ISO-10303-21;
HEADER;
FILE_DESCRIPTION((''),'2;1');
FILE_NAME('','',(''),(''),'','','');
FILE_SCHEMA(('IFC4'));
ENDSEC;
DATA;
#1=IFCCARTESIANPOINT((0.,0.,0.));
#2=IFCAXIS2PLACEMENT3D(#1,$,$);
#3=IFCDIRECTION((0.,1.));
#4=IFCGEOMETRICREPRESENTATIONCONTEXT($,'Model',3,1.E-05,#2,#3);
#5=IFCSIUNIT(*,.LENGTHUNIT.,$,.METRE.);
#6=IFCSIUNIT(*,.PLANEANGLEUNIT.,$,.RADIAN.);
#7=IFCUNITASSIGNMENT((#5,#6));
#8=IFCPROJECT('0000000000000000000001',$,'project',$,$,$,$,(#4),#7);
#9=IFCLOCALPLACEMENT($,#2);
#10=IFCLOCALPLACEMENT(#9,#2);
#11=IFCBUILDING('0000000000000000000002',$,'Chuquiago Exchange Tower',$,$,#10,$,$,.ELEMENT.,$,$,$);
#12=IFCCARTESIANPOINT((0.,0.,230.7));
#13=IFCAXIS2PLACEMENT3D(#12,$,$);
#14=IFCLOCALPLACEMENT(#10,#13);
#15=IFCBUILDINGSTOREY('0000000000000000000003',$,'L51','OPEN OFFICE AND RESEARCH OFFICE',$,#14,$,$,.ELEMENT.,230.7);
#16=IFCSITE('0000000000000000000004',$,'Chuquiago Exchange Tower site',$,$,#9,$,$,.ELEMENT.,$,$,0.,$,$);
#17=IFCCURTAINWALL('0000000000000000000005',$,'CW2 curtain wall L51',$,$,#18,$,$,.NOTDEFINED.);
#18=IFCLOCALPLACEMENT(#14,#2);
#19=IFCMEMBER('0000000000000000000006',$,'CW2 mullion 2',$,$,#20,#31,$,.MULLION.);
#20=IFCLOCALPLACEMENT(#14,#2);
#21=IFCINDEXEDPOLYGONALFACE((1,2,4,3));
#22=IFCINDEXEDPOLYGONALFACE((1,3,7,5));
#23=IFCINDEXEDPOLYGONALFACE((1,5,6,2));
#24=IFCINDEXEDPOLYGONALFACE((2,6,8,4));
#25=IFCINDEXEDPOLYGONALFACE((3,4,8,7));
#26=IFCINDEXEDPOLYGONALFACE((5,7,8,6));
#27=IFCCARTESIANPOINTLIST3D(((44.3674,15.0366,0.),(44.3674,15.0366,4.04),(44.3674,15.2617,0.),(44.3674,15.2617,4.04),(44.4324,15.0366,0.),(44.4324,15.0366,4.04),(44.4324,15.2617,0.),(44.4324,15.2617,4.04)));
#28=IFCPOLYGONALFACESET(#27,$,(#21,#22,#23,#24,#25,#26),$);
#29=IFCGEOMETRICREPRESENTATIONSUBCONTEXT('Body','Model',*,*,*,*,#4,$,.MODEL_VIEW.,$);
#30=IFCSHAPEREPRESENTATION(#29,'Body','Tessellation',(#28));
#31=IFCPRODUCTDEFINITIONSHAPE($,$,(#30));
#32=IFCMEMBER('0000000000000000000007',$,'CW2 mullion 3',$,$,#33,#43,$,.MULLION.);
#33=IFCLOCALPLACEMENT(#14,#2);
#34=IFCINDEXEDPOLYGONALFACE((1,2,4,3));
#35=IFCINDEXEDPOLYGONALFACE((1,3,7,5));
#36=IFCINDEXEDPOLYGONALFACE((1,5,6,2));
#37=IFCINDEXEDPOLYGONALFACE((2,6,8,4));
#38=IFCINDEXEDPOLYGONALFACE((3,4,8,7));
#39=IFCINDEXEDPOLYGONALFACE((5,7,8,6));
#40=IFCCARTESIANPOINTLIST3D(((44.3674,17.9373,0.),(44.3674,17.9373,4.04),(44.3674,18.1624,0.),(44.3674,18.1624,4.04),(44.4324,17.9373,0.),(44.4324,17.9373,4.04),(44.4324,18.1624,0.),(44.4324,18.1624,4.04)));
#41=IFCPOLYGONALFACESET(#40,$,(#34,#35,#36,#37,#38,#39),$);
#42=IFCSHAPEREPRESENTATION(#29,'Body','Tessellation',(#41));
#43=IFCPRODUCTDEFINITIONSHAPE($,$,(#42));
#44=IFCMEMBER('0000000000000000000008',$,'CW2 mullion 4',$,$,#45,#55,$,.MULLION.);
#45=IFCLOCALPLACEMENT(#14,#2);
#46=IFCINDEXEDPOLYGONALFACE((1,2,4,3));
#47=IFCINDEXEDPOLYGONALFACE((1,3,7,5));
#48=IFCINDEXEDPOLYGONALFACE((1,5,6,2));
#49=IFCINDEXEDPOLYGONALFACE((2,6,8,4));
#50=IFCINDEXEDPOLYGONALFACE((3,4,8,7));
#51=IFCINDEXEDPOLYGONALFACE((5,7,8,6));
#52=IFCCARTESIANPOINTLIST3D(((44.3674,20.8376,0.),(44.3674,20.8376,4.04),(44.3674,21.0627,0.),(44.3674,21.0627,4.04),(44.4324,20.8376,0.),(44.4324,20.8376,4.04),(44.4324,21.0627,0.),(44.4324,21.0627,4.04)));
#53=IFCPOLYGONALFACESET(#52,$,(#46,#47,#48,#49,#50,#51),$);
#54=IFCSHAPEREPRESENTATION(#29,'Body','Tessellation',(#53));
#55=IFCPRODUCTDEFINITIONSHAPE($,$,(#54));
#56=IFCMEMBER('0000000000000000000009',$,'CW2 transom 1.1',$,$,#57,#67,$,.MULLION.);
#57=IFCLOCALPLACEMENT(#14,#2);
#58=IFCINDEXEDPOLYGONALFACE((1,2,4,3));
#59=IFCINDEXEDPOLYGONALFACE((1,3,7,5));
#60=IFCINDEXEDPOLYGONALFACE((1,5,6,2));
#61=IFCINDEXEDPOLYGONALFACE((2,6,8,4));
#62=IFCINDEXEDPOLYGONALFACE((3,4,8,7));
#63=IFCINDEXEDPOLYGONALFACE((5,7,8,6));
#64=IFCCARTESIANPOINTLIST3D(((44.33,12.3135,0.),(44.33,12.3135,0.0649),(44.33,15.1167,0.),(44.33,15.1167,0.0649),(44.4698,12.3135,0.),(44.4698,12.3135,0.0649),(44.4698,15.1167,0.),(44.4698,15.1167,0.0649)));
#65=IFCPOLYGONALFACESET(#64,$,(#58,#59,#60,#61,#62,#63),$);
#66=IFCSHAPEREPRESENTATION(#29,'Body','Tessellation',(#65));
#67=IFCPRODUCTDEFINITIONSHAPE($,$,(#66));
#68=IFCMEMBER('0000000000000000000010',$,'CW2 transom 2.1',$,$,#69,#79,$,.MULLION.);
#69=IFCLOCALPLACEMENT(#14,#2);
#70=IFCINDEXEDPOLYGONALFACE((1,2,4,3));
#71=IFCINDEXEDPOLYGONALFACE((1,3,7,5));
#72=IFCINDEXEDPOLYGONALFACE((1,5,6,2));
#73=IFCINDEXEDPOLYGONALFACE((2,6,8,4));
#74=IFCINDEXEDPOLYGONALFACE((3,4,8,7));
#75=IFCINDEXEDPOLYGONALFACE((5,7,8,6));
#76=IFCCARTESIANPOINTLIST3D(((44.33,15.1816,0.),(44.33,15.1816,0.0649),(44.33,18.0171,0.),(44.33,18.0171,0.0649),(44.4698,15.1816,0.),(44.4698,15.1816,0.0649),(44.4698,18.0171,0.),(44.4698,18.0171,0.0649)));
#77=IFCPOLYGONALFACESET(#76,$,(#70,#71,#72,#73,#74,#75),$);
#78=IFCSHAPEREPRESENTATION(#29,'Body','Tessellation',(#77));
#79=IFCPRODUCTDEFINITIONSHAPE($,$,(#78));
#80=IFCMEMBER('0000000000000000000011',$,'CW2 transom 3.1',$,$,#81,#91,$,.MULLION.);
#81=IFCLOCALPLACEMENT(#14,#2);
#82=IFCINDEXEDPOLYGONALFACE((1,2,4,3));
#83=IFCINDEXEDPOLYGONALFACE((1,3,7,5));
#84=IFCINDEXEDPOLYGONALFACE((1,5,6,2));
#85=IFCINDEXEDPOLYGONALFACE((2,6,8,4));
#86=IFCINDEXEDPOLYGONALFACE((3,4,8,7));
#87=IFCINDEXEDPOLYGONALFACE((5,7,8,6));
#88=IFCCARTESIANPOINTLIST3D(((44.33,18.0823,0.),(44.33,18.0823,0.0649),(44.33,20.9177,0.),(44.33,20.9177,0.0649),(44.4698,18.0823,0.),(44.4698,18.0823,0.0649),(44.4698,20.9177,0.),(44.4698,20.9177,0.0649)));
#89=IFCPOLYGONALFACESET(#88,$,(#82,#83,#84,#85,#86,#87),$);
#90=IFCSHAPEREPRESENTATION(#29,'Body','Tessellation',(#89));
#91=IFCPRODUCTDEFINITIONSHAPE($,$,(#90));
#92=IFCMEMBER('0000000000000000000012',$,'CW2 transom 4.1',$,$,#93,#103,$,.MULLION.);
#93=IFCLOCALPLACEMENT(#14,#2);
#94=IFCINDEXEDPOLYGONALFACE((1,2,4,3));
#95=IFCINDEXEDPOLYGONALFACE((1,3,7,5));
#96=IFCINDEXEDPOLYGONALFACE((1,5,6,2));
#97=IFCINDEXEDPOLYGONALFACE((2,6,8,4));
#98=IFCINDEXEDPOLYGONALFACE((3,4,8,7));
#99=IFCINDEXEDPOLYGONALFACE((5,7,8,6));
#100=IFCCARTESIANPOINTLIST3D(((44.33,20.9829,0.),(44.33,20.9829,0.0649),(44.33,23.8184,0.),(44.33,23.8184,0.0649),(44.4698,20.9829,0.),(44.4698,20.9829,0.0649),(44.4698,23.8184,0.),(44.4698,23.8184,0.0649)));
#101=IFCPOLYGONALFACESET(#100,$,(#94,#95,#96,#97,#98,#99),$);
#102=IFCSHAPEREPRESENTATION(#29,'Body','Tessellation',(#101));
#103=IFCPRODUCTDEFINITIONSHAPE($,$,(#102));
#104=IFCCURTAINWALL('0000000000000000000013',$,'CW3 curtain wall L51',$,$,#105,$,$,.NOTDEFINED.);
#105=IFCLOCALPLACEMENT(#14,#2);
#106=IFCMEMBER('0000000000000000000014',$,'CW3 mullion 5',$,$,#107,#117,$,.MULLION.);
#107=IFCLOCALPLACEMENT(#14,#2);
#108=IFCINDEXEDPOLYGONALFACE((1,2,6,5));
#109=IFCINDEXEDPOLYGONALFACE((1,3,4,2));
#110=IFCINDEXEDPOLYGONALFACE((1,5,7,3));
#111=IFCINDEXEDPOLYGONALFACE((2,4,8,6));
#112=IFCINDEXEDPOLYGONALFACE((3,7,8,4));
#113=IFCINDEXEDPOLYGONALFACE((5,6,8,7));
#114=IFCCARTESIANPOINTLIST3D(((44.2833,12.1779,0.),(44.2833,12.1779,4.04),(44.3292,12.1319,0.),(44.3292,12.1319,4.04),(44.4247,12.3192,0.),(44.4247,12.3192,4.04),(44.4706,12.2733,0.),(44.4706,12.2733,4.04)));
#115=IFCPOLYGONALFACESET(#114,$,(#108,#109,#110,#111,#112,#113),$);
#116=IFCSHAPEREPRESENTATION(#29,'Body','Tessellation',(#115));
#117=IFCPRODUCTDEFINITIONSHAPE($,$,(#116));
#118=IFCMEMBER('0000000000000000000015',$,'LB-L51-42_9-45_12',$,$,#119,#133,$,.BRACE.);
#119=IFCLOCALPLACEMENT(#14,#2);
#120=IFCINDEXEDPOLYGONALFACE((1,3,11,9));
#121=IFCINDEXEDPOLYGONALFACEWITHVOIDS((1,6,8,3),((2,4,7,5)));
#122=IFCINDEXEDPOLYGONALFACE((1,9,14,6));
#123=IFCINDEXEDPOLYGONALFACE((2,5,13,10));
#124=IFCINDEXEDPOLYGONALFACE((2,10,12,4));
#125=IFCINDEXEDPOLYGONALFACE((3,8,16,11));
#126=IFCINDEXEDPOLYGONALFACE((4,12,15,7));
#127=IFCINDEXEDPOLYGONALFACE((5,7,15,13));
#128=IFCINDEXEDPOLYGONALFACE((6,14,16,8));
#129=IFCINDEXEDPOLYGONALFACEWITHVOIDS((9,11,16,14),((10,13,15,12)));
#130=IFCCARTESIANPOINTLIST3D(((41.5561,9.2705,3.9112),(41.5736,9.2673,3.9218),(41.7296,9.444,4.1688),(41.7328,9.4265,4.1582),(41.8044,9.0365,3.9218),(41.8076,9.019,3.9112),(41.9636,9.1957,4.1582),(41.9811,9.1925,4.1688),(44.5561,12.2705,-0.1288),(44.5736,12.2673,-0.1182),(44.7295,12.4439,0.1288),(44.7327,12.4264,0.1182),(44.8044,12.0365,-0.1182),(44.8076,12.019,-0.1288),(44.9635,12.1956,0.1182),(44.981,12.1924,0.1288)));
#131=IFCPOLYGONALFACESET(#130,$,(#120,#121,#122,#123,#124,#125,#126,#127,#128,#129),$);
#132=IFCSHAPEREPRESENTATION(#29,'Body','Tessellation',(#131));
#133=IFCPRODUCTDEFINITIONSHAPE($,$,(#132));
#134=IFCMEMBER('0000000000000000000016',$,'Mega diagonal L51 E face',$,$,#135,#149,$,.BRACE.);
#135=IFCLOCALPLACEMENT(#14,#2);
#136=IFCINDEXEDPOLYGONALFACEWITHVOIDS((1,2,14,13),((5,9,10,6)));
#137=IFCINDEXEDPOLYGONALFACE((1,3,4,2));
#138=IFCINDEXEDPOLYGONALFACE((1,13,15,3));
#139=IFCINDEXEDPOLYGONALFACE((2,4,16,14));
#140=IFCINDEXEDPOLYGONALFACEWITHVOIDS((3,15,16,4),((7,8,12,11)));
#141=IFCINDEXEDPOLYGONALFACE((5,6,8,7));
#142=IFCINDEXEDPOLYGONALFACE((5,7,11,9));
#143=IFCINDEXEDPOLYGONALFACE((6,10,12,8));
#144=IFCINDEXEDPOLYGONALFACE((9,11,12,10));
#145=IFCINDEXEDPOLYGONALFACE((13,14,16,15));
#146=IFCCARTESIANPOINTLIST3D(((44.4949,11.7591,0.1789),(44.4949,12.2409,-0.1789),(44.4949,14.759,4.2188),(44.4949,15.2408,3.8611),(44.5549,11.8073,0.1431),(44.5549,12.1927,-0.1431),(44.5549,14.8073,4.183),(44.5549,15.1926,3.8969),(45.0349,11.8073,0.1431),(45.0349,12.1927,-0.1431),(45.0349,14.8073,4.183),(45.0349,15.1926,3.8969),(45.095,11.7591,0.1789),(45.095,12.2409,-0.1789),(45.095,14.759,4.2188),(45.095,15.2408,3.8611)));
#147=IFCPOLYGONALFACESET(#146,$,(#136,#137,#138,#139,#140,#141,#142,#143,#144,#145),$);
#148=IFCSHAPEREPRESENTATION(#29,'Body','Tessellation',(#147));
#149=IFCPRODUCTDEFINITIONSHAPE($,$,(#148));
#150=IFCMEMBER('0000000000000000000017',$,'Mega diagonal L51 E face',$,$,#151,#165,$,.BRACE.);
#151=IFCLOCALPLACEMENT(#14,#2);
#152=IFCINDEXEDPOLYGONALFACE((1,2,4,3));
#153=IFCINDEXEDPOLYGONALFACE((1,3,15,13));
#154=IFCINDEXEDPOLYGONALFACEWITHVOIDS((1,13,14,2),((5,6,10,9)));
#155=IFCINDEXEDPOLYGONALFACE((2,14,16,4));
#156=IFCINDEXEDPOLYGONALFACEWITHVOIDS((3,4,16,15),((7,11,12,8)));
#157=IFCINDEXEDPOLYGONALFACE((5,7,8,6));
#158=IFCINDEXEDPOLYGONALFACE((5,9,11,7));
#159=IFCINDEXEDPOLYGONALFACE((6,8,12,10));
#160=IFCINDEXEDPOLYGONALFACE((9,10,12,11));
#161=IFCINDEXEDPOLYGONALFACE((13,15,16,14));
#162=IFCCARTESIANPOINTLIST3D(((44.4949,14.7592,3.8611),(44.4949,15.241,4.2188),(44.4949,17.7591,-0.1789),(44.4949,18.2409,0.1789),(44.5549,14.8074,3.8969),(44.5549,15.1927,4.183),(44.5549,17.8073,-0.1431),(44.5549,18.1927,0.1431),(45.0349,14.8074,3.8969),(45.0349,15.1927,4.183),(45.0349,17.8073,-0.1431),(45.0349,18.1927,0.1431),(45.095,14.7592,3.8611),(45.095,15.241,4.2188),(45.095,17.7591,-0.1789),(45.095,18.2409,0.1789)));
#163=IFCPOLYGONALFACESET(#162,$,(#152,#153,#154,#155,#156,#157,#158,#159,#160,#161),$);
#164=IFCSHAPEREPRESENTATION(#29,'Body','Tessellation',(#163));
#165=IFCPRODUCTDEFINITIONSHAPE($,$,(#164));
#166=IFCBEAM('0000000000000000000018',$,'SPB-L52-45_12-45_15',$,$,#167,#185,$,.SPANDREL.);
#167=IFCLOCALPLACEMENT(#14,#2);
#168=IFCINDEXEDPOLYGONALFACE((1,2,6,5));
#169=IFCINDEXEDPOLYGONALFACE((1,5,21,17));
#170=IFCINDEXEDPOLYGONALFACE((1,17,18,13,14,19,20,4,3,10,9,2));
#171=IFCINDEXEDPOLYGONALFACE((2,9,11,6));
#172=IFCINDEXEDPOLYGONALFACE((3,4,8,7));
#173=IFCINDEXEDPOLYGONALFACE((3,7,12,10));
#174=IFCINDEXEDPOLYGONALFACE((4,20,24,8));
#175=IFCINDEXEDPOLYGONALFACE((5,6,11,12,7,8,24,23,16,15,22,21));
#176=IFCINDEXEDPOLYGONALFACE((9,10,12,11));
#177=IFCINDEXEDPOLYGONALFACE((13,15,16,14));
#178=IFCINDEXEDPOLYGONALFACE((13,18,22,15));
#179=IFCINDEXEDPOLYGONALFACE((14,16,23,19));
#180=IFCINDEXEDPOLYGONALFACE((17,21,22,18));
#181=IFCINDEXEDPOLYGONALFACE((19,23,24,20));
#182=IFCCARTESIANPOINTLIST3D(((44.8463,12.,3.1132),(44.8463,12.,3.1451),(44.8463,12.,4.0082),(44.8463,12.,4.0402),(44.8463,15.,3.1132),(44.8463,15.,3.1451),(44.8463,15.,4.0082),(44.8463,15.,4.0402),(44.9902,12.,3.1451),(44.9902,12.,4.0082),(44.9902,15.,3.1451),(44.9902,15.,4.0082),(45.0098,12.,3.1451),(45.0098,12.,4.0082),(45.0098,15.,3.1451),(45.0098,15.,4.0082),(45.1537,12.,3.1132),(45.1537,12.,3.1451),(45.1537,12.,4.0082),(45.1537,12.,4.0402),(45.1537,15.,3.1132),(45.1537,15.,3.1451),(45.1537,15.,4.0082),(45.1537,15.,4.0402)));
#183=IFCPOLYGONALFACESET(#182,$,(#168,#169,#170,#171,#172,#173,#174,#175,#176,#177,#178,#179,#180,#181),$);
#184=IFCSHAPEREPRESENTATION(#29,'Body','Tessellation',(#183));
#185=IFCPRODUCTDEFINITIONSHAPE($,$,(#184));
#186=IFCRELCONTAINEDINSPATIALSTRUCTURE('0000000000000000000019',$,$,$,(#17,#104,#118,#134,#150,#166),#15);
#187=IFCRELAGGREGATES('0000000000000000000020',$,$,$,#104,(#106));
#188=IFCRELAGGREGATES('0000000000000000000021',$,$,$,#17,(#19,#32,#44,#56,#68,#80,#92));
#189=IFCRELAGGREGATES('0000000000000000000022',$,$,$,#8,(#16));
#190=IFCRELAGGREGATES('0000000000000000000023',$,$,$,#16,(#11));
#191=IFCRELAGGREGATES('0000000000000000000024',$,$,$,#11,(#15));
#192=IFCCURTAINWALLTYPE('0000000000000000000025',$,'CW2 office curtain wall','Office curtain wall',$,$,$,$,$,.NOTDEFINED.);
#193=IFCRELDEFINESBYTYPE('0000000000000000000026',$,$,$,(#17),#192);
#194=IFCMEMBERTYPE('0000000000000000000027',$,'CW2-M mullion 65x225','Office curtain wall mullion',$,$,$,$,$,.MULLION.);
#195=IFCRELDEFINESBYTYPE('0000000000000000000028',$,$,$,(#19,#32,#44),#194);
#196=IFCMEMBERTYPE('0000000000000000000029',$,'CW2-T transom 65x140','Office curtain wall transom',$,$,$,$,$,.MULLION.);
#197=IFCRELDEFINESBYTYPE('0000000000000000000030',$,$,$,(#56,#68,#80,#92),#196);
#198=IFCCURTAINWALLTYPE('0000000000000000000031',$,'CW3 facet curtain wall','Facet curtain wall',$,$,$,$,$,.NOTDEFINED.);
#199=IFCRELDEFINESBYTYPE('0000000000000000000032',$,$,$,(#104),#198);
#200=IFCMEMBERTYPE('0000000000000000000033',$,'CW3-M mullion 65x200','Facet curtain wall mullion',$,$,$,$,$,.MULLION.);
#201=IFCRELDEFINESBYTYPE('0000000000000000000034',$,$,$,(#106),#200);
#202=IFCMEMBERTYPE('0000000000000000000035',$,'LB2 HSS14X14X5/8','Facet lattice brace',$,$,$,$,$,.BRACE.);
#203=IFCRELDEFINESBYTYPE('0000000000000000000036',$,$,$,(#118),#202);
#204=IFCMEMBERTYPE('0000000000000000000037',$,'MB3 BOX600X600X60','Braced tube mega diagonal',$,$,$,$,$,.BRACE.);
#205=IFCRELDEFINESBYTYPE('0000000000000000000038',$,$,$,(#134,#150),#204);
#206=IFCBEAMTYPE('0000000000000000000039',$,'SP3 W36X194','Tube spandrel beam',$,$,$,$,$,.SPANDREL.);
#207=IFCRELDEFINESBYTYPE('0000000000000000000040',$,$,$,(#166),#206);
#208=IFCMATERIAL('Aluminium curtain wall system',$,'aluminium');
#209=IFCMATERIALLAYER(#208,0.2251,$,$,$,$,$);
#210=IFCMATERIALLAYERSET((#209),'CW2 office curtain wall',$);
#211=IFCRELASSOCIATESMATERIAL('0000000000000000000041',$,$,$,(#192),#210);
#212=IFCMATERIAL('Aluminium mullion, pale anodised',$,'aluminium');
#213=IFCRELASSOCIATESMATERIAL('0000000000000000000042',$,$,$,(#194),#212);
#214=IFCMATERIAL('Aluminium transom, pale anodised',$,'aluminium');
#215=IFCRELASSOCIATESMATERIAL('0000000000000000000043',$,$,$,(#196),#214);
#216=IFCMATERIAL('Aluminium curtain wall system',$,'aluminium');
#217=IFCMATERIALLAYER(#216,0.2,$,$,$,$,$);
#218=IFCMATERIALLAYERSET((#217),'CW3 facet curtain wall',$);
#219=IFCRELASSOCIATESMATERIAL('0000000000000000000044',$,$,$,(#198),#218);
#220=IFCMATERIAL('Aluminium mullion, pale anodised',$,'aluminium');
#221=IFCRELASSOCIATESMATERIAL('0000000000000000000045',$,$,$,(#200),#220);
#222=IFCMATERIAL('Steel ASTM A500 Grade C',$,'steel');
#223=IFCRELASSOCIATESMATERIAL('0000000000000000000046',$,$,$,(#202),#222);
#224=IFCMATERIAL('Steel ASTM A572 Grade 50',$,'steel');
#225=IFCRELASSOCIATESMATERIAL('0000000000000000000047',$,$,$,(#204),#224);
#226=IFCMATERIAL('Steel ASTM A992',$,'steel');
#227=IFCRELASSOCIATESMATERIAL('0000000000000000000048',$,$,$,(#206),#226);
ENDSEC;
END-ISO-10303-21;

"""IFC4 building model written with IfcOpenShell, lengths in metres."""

from ifc_helpers import new_model, si_unit, direction, frame, origin, origin_2d, place, context, subcontext, project, spatial, rectangle, hollow_rectangle, i_section, extrude, material, layer, layer_set, material_profile, profile_set, type_object, element, aggregate, save


model = new_model("IFC4")

# Units and contexts
model_context = context("Model", 3, precision=1e-05, world=origin(), true_north=direction((0.0, 1.0)))
body_context = subcontext(model_context, "Body", "Model", "MODEL_VIEW")
ifc_project = project(units=[si_unit("LENGTHUNIT", "METRE"), si_unit("PLANEANGLEUNIT", "RADIAN")], contexts=[model_context])

# Site, building, storey
site_placement = place(None, origin())
site = spatial("IfcSite", under=ifc_project, at=site_placement, Name="Chuquiago Exchange Tower site", CompositionType="ELEMENT", RefElevation=0.0)
building_placement = place(site_placement, origin())
building = spatial("IfcBuilding", under=site, at=building_placement, Name="Chuquiago Exchange Tower", CompositionType="ELEMENT")
storey_placement = place(building_placement, frame((0.0, 0.0, 230.7)))
storey = spatial("IfcBuildingStorey", under=building, at=storey_placement, Name="L51", Description="OPEN OFFICE AND RESEARCH OFFICE", CompositionType="ELEMENT", Elevation=230.7)

# Curtain wall, members
ifc_material_1 = material(Name="Aluminium curtain wall system", Category="aluminium")
ifc_layer_1 = layer(ifc_material_1, 0.2251)
ifc_layer_set_1 = layer_set([ifc_layer_1], Name="CW2 office curtain wall")
curtain_wall_type_1 = type_object("IfcCurtainWallType", Name="CW2 office curtain wall", Description="Office curtain wall", PredefinedType="NOTDEFINED", material=ifc_layer_set_1)
curtain_wall_1_placement = place(storey_placement, origin())
curtain_wall_1 = element("IfcCurtainWall", 1, at=curtain_wall_1_placement, inside=storey, type_object=curtain_wall_type_1, Name="CW2 curtain wall L51", PredefinedType="NOTDEFINED")
ifc_material_2 = material(Name="Aluminium mullion, pale anodised", Category="aluminium")
ifc_material_profile_1 = material_profile(ifc_material_2, rectangle(XDim=0.0649, YDim=0.2251, at=origin_2d()), Name="AL 65x225")
ifc_profile_set_1 = profile_set([ifc_material_profile_1], Name="Aluminium mullion, pale anodised")
member_type_1 = type_object("IfcMemberType", Name="CW2-M mullion 65x225", Description="Office curtain wall mullion", PredefinedType="MULLION", material=ifc_profile_set_1)
member_1_placement = place(storey_placement, frame((44.3999, 15.1492, 0.0), z_axis=(0.0, 0.0, 1.0), x_axis=(-1.0, 0.0, 0.0)))
member_1 = element("IfcMember", 2, at=member_1_placement, type_object=member_type_1, Name="CW2 mullion 2", PredefinedType="MULLION", context=body_context, shape_type="SweptSolid", body=[
    extrude(rectangle(XDim=0.0649, YDim=0.2251, at=origin_2d()), origin(), (0.0, 0.0, 1.0), 4.04),
])
member_2_placement = place(storey_placement, frame((44.3999, 18.0498, 0.0), z_axis=(0.0, 0.0, 1.0), x_axis=(-1.0, 0.0, 0.0)))
member_2 = element("IfcMember", 3, at=member_2_placement, type_object=member_type_1, Name="CW2 mullion 3", PredefinedType="MULLION", context=body_context, shape_type="SweptSolid", body=[
    extrude(rectangle(XDim=0.0649, YDim=0.2251, at=origin_2d()), origin(), (0.0, 0.0, 1.0), 4.04),
])
member_3_placement = place(storey_placement, frame((44.3999, 20.9502, 0.0), z_axis=(0.0, 0.0, 1.0), x_axis=(-1.0, 0.0, 0.0)))
member_3 = element("IfcMember", 4, at=member_3_placement, type_object=member_type_1, Name="CW2 mullion 4", PredefinedType="MULLION", context=body_context, shape_type="SweptSolid", body=[
    extrude(rectangle(XDim=0.0649, YDim=0.2251, at=origin_2d()), origin(), (0.0, 0.0, 1.0), 4.04),
])
ifc_material_3 = material(Name="Aluminium transom, pale anodised", Category="aluminium")
ifc_material_profile_2 = material_profile(ifc_material_3, rectangle(XDim=0.1399, YDim=0.0649, at=origin_2d()), Name="AL 140x65")
ifc_profile_set_2 = profile_set([ifc_material_profile_2], Name="Aluminium transom, pale anodised")
member_type_2 = type_object("IfcMemberType", Name="CW2-T transom 65x140", Description="Office curtain wall transom", PredefinedType="MULLION", material=ifc_profile_set_2)
member_4_placement = place(storey_placement, frame((44.3999, 12.3135, 0.0325), z_axis=(0.0, 1.0, 0.0), x_axis=(-1.0, 0.0, 0.0)))
member_4 = element("IfcMember", 5, at=member_4_placement, type_object=member_type_2, Name="CW2 transom 1.1", PredefinedType="MULLION", context=body_context, shape_type="SweptSolid", body=[
    extrude(rectangle(XDim=0.1399, YDim=0.0649, at=origin_2d()), origin(), (0.0, 0.0, 1.0), 2.8032),
])
member_5_placement = place(storey_placement, frame((44.3999, 15.1816, 0.0325), z_axis=(0.0, 1.0, 0.0), x_axis=(-1.0, 0.0, 0.0)))
member_5 = element("IfcMember", 6, at=member_5_placement, type_object=member_type_2, Name="CW2 transom 2.1", PredefinedType="MULLION", context=body_context, shape_type="SweptSolid", body=[
    extrude(rectangle(XDim=0.1399, YDim=0.0649, at=origin_2d()), origin(), (0.0, 0.0, 1.0), 2.8354),
])
member_6_placement = place(storey_placement, frame((44.3999, 18.0823, 0.0325), z_axis=(0.0, 1.0, 0.0), x_axis=(-1.0, 0.0, 0.0)))
member_6 = element("IfcMember", 7, at=member_6_placement, type_object=member_type_2, Name="CW2 transom 3.1", PredefinedType="MULLION", context=body_context, shape_type="SweptSolid", body=[
    extrude(rectangle(XDim=0.1399, YDim=0.0649, at=origin_2d()), origin(), (0.0, 0.0, 1.0), 2.8354),
])
member_7_placement = place(storey_placement, frame((44.3999, 20.9829, 0.0325), z_axis=(0.0, 1.0, 0.0), x_axis=(-1.0, 0.0, 0.0)))
member_7 = element("IfcMember", 8, at=member_7_placement, type_object=member_type_2, Name="CW2 transom 4.1", PredefinedType="MULLION", context=body_context, shape_type="SweptSolid", body=[
    extrude(rectangle(XDim=0.1399, YDim=0.0649, at=origin_2d()), origin(), (0.0, 0.0, 1.0), 2.8354),
])

# Curtain wall, member
ifc_material_4 = material(Name="Aluminium curtain wall system", Category="aluminium")
ifc_layer_2 = layer(ifc_material_4, 0.2)
ifc_layer_set_2 = layer_set([ifc_layer_2], Name="CW3 facet curtain wall")
curtain_wall_type_2 = type_object("IfcCurtainWallType", Name="CW3 facet curtain wall", Description="Facet curtain wall", PredefinedType="NOTDEFINED", material=ifc_layer_set_2)
curtain_wall_2_placement = place(storey_placement, origin())
curtain_wall_2 = element("IfcCurtainWall", 9, at=curtain_wall_2_placement, inside=storey, type_object=curtain_wall_type_2, Name="CW3 curtain wall L51", PredefinedType="NOTDEFINED")
ifc_material_5 = material(Name="Aluminium mullion, pale anodised", Category="aluminium")
ifc_material_profile_3 = material_profile(ifc_material_5, rectangle(XDim=0.0649, YDim=0.2, at=origin_2d()), Name="AL 65x200")
ifc_profile_set_3 = profile_set([ifc_material_profile_3], Name="Aluminium mullion, pale anodised")
member_type_3 = type_object("IfcMemberType", Name="CW3-M mullion 65x200", Description="Facet curtain wall mullion", PredefinedType="MULLION", material=ifc_profile_set_3)
member_8_placement = place(storey_placement, frame((44.377, 12.2256, 0.0), z_axis=(0.0, 0.0, 1.0), x_axis=(-0.707107, 0.707107, 0.0)))
member_8 = element("IfcMember", 10, at=member_8_placement, type_object=member_type_3, Name="CW3 mullion 5", PredefinedType="MULLION", context=body_context, shape_type="SweptSolid", body=[
    extrude(rectangle(XDim=0.0649, YDim=0.2, at=origin_2d()), origin(), (0.0, 0.0, 1.0), 4.04),
])
aggregate(curtain_wall_2, [member_8])

# Members
ifc_material_6 = material(Name="Steel ASTM A500 Grade C", Category="steel")
ifc_material_profile_4 = material_profile(ifc_material_6, hollow_rectangle(XDim=0.3557, YDim=0.3557, WallThickness=0.0146, at=origin_2d()), Name="HSS14X14X5/8")
ifc_profile_set_4 = profile_set([ifc_material_profile_4], Name="Steel ASTM A500 Grade C")
member_type_4 = type_object("IfcMemberType", Name="LB2 HSS14X14X5/8", Description="Facet lattice brace", PredefinedType="BRACE", material=ifc_profile_set_4)
member_9_placement = place(storey_placement, frame((44.7686, 12.2314, 0.0), z_axis=(-0.512077, -0.512077, 0.689604), x_axis=(0.707107, -0.707107, 0.0)))
element("IfcMember", 11, at=member_9_placement, inside=storey, type_object=member_type_4, Name="LB-L51-42_9-45_12", PredefinedType="BRACE", context=body_context, shape_type="SweptSolid", body=[
    extrude(hollow_rectangle(XDim=0.3557, YDim=0.3557, WallThickness=0.0146, at=origin_2d()), origin(), (0.0, 0.0, 1.0), 5.8584),
])
ifc_material_7 = material(Name="Steel ASTM A572 Grade 50", Category="steel")
ifc_material_profile_5 = material_profile(ifc_material_7, hollow_rectangle(XDim=0.6001, YDim=0.6001, WallThickness=0.0601, at=origin_2d()), Name="BOX600X600X60")
ifc_profile_set_5 = profile_set([ifc_material_profile_5], Name="Steel ASTM A572 Grade 50")
member_type_5 = type_object("IfcMemberType", Name="MB3 BOX600X600X60", Description="Braced tube mega diagonal", PredefinedType="BRACE", material=ifc_profile_set_5)
for number, where, z_axis, x_axis, name in (
    (12, (44.7949, 12.0, 0.0), (0.0, 0.596174, 0.802855), (-1.0, 0.0, 0.0), "Mega diagonal L51 E face"),
    (13, (44.7949, 18.0, 0.0), (0.0, -0.596174, 0.802855), (1.0, 0.0, 0.0), "Mega diagonal L51 E face"),
):
    element("IfcMember", number, at=place(storey_placement, frame(where, z_axis=z_axis, x_axis=x_axis)), inside=storey, type_object=member_type_5, Name=name, PredefinedType="BRACE", context=body_context, shape_type="SweptSolid", body=[
        extrude(hollow_rectangle(XDim=0.6001, YDim=0.6001, WallThickness=0.0601, at=origin_2d()), origin(), (0.0, 0.0, 1.0), 5.032),
    ])

# Beam
ifc_material_8 = material(Name="Steel ASTM A992", Category="steel")
ifc_material_profile_6 = material_profile(ifc_material_8, i_section(OverallWidth=0.3074, OverallDepth=0.927, WebThickness=0.0195, FlangeThickness=0.032, at=origin_2d()), Name="W36X194")
ifc_profile_set_6 = profile_set([ifc_material_profile_6], Name="Steel ASTM A992")
beam_type_1 = type_object("IfcBeamType", Name="SP3 W36X194", Description="Tube spandrel beam", PredefinedType="SPANDREL", material=ifc_profile_set_6)
for number, where, z_axis, x_axis, name in (
    (14, (45.0, 12.0, 3.5767), (0.0, 1.0, 0.0), (-1.0, 0.0, 0.0), "SPB-L52-45_12-45_15"),
):
    element("IfcBeam", number, at=place(storey_placement, frame(where, z_axis=z_axis, x_axis=x_axis)), inside=storey, type_object=beam_type_1, Name=name, PredefinedType="SPANDREL", context=body_context, shape_type="SweptSolid", body=[
        extrude(i_section(OverallWidth=0.3074, OverallDepth=0.927, WebThickness=0.0195, FlangeThickness=0.032, at=origin_2d()), origin(), (0.0, 0.0, 1.0), 3.0),
    ])

aggregate(curtain_wall_1, [member_1, member_2, member_3, member_4, member_5, member_6, member_7])

save(model, "model.ifc")
